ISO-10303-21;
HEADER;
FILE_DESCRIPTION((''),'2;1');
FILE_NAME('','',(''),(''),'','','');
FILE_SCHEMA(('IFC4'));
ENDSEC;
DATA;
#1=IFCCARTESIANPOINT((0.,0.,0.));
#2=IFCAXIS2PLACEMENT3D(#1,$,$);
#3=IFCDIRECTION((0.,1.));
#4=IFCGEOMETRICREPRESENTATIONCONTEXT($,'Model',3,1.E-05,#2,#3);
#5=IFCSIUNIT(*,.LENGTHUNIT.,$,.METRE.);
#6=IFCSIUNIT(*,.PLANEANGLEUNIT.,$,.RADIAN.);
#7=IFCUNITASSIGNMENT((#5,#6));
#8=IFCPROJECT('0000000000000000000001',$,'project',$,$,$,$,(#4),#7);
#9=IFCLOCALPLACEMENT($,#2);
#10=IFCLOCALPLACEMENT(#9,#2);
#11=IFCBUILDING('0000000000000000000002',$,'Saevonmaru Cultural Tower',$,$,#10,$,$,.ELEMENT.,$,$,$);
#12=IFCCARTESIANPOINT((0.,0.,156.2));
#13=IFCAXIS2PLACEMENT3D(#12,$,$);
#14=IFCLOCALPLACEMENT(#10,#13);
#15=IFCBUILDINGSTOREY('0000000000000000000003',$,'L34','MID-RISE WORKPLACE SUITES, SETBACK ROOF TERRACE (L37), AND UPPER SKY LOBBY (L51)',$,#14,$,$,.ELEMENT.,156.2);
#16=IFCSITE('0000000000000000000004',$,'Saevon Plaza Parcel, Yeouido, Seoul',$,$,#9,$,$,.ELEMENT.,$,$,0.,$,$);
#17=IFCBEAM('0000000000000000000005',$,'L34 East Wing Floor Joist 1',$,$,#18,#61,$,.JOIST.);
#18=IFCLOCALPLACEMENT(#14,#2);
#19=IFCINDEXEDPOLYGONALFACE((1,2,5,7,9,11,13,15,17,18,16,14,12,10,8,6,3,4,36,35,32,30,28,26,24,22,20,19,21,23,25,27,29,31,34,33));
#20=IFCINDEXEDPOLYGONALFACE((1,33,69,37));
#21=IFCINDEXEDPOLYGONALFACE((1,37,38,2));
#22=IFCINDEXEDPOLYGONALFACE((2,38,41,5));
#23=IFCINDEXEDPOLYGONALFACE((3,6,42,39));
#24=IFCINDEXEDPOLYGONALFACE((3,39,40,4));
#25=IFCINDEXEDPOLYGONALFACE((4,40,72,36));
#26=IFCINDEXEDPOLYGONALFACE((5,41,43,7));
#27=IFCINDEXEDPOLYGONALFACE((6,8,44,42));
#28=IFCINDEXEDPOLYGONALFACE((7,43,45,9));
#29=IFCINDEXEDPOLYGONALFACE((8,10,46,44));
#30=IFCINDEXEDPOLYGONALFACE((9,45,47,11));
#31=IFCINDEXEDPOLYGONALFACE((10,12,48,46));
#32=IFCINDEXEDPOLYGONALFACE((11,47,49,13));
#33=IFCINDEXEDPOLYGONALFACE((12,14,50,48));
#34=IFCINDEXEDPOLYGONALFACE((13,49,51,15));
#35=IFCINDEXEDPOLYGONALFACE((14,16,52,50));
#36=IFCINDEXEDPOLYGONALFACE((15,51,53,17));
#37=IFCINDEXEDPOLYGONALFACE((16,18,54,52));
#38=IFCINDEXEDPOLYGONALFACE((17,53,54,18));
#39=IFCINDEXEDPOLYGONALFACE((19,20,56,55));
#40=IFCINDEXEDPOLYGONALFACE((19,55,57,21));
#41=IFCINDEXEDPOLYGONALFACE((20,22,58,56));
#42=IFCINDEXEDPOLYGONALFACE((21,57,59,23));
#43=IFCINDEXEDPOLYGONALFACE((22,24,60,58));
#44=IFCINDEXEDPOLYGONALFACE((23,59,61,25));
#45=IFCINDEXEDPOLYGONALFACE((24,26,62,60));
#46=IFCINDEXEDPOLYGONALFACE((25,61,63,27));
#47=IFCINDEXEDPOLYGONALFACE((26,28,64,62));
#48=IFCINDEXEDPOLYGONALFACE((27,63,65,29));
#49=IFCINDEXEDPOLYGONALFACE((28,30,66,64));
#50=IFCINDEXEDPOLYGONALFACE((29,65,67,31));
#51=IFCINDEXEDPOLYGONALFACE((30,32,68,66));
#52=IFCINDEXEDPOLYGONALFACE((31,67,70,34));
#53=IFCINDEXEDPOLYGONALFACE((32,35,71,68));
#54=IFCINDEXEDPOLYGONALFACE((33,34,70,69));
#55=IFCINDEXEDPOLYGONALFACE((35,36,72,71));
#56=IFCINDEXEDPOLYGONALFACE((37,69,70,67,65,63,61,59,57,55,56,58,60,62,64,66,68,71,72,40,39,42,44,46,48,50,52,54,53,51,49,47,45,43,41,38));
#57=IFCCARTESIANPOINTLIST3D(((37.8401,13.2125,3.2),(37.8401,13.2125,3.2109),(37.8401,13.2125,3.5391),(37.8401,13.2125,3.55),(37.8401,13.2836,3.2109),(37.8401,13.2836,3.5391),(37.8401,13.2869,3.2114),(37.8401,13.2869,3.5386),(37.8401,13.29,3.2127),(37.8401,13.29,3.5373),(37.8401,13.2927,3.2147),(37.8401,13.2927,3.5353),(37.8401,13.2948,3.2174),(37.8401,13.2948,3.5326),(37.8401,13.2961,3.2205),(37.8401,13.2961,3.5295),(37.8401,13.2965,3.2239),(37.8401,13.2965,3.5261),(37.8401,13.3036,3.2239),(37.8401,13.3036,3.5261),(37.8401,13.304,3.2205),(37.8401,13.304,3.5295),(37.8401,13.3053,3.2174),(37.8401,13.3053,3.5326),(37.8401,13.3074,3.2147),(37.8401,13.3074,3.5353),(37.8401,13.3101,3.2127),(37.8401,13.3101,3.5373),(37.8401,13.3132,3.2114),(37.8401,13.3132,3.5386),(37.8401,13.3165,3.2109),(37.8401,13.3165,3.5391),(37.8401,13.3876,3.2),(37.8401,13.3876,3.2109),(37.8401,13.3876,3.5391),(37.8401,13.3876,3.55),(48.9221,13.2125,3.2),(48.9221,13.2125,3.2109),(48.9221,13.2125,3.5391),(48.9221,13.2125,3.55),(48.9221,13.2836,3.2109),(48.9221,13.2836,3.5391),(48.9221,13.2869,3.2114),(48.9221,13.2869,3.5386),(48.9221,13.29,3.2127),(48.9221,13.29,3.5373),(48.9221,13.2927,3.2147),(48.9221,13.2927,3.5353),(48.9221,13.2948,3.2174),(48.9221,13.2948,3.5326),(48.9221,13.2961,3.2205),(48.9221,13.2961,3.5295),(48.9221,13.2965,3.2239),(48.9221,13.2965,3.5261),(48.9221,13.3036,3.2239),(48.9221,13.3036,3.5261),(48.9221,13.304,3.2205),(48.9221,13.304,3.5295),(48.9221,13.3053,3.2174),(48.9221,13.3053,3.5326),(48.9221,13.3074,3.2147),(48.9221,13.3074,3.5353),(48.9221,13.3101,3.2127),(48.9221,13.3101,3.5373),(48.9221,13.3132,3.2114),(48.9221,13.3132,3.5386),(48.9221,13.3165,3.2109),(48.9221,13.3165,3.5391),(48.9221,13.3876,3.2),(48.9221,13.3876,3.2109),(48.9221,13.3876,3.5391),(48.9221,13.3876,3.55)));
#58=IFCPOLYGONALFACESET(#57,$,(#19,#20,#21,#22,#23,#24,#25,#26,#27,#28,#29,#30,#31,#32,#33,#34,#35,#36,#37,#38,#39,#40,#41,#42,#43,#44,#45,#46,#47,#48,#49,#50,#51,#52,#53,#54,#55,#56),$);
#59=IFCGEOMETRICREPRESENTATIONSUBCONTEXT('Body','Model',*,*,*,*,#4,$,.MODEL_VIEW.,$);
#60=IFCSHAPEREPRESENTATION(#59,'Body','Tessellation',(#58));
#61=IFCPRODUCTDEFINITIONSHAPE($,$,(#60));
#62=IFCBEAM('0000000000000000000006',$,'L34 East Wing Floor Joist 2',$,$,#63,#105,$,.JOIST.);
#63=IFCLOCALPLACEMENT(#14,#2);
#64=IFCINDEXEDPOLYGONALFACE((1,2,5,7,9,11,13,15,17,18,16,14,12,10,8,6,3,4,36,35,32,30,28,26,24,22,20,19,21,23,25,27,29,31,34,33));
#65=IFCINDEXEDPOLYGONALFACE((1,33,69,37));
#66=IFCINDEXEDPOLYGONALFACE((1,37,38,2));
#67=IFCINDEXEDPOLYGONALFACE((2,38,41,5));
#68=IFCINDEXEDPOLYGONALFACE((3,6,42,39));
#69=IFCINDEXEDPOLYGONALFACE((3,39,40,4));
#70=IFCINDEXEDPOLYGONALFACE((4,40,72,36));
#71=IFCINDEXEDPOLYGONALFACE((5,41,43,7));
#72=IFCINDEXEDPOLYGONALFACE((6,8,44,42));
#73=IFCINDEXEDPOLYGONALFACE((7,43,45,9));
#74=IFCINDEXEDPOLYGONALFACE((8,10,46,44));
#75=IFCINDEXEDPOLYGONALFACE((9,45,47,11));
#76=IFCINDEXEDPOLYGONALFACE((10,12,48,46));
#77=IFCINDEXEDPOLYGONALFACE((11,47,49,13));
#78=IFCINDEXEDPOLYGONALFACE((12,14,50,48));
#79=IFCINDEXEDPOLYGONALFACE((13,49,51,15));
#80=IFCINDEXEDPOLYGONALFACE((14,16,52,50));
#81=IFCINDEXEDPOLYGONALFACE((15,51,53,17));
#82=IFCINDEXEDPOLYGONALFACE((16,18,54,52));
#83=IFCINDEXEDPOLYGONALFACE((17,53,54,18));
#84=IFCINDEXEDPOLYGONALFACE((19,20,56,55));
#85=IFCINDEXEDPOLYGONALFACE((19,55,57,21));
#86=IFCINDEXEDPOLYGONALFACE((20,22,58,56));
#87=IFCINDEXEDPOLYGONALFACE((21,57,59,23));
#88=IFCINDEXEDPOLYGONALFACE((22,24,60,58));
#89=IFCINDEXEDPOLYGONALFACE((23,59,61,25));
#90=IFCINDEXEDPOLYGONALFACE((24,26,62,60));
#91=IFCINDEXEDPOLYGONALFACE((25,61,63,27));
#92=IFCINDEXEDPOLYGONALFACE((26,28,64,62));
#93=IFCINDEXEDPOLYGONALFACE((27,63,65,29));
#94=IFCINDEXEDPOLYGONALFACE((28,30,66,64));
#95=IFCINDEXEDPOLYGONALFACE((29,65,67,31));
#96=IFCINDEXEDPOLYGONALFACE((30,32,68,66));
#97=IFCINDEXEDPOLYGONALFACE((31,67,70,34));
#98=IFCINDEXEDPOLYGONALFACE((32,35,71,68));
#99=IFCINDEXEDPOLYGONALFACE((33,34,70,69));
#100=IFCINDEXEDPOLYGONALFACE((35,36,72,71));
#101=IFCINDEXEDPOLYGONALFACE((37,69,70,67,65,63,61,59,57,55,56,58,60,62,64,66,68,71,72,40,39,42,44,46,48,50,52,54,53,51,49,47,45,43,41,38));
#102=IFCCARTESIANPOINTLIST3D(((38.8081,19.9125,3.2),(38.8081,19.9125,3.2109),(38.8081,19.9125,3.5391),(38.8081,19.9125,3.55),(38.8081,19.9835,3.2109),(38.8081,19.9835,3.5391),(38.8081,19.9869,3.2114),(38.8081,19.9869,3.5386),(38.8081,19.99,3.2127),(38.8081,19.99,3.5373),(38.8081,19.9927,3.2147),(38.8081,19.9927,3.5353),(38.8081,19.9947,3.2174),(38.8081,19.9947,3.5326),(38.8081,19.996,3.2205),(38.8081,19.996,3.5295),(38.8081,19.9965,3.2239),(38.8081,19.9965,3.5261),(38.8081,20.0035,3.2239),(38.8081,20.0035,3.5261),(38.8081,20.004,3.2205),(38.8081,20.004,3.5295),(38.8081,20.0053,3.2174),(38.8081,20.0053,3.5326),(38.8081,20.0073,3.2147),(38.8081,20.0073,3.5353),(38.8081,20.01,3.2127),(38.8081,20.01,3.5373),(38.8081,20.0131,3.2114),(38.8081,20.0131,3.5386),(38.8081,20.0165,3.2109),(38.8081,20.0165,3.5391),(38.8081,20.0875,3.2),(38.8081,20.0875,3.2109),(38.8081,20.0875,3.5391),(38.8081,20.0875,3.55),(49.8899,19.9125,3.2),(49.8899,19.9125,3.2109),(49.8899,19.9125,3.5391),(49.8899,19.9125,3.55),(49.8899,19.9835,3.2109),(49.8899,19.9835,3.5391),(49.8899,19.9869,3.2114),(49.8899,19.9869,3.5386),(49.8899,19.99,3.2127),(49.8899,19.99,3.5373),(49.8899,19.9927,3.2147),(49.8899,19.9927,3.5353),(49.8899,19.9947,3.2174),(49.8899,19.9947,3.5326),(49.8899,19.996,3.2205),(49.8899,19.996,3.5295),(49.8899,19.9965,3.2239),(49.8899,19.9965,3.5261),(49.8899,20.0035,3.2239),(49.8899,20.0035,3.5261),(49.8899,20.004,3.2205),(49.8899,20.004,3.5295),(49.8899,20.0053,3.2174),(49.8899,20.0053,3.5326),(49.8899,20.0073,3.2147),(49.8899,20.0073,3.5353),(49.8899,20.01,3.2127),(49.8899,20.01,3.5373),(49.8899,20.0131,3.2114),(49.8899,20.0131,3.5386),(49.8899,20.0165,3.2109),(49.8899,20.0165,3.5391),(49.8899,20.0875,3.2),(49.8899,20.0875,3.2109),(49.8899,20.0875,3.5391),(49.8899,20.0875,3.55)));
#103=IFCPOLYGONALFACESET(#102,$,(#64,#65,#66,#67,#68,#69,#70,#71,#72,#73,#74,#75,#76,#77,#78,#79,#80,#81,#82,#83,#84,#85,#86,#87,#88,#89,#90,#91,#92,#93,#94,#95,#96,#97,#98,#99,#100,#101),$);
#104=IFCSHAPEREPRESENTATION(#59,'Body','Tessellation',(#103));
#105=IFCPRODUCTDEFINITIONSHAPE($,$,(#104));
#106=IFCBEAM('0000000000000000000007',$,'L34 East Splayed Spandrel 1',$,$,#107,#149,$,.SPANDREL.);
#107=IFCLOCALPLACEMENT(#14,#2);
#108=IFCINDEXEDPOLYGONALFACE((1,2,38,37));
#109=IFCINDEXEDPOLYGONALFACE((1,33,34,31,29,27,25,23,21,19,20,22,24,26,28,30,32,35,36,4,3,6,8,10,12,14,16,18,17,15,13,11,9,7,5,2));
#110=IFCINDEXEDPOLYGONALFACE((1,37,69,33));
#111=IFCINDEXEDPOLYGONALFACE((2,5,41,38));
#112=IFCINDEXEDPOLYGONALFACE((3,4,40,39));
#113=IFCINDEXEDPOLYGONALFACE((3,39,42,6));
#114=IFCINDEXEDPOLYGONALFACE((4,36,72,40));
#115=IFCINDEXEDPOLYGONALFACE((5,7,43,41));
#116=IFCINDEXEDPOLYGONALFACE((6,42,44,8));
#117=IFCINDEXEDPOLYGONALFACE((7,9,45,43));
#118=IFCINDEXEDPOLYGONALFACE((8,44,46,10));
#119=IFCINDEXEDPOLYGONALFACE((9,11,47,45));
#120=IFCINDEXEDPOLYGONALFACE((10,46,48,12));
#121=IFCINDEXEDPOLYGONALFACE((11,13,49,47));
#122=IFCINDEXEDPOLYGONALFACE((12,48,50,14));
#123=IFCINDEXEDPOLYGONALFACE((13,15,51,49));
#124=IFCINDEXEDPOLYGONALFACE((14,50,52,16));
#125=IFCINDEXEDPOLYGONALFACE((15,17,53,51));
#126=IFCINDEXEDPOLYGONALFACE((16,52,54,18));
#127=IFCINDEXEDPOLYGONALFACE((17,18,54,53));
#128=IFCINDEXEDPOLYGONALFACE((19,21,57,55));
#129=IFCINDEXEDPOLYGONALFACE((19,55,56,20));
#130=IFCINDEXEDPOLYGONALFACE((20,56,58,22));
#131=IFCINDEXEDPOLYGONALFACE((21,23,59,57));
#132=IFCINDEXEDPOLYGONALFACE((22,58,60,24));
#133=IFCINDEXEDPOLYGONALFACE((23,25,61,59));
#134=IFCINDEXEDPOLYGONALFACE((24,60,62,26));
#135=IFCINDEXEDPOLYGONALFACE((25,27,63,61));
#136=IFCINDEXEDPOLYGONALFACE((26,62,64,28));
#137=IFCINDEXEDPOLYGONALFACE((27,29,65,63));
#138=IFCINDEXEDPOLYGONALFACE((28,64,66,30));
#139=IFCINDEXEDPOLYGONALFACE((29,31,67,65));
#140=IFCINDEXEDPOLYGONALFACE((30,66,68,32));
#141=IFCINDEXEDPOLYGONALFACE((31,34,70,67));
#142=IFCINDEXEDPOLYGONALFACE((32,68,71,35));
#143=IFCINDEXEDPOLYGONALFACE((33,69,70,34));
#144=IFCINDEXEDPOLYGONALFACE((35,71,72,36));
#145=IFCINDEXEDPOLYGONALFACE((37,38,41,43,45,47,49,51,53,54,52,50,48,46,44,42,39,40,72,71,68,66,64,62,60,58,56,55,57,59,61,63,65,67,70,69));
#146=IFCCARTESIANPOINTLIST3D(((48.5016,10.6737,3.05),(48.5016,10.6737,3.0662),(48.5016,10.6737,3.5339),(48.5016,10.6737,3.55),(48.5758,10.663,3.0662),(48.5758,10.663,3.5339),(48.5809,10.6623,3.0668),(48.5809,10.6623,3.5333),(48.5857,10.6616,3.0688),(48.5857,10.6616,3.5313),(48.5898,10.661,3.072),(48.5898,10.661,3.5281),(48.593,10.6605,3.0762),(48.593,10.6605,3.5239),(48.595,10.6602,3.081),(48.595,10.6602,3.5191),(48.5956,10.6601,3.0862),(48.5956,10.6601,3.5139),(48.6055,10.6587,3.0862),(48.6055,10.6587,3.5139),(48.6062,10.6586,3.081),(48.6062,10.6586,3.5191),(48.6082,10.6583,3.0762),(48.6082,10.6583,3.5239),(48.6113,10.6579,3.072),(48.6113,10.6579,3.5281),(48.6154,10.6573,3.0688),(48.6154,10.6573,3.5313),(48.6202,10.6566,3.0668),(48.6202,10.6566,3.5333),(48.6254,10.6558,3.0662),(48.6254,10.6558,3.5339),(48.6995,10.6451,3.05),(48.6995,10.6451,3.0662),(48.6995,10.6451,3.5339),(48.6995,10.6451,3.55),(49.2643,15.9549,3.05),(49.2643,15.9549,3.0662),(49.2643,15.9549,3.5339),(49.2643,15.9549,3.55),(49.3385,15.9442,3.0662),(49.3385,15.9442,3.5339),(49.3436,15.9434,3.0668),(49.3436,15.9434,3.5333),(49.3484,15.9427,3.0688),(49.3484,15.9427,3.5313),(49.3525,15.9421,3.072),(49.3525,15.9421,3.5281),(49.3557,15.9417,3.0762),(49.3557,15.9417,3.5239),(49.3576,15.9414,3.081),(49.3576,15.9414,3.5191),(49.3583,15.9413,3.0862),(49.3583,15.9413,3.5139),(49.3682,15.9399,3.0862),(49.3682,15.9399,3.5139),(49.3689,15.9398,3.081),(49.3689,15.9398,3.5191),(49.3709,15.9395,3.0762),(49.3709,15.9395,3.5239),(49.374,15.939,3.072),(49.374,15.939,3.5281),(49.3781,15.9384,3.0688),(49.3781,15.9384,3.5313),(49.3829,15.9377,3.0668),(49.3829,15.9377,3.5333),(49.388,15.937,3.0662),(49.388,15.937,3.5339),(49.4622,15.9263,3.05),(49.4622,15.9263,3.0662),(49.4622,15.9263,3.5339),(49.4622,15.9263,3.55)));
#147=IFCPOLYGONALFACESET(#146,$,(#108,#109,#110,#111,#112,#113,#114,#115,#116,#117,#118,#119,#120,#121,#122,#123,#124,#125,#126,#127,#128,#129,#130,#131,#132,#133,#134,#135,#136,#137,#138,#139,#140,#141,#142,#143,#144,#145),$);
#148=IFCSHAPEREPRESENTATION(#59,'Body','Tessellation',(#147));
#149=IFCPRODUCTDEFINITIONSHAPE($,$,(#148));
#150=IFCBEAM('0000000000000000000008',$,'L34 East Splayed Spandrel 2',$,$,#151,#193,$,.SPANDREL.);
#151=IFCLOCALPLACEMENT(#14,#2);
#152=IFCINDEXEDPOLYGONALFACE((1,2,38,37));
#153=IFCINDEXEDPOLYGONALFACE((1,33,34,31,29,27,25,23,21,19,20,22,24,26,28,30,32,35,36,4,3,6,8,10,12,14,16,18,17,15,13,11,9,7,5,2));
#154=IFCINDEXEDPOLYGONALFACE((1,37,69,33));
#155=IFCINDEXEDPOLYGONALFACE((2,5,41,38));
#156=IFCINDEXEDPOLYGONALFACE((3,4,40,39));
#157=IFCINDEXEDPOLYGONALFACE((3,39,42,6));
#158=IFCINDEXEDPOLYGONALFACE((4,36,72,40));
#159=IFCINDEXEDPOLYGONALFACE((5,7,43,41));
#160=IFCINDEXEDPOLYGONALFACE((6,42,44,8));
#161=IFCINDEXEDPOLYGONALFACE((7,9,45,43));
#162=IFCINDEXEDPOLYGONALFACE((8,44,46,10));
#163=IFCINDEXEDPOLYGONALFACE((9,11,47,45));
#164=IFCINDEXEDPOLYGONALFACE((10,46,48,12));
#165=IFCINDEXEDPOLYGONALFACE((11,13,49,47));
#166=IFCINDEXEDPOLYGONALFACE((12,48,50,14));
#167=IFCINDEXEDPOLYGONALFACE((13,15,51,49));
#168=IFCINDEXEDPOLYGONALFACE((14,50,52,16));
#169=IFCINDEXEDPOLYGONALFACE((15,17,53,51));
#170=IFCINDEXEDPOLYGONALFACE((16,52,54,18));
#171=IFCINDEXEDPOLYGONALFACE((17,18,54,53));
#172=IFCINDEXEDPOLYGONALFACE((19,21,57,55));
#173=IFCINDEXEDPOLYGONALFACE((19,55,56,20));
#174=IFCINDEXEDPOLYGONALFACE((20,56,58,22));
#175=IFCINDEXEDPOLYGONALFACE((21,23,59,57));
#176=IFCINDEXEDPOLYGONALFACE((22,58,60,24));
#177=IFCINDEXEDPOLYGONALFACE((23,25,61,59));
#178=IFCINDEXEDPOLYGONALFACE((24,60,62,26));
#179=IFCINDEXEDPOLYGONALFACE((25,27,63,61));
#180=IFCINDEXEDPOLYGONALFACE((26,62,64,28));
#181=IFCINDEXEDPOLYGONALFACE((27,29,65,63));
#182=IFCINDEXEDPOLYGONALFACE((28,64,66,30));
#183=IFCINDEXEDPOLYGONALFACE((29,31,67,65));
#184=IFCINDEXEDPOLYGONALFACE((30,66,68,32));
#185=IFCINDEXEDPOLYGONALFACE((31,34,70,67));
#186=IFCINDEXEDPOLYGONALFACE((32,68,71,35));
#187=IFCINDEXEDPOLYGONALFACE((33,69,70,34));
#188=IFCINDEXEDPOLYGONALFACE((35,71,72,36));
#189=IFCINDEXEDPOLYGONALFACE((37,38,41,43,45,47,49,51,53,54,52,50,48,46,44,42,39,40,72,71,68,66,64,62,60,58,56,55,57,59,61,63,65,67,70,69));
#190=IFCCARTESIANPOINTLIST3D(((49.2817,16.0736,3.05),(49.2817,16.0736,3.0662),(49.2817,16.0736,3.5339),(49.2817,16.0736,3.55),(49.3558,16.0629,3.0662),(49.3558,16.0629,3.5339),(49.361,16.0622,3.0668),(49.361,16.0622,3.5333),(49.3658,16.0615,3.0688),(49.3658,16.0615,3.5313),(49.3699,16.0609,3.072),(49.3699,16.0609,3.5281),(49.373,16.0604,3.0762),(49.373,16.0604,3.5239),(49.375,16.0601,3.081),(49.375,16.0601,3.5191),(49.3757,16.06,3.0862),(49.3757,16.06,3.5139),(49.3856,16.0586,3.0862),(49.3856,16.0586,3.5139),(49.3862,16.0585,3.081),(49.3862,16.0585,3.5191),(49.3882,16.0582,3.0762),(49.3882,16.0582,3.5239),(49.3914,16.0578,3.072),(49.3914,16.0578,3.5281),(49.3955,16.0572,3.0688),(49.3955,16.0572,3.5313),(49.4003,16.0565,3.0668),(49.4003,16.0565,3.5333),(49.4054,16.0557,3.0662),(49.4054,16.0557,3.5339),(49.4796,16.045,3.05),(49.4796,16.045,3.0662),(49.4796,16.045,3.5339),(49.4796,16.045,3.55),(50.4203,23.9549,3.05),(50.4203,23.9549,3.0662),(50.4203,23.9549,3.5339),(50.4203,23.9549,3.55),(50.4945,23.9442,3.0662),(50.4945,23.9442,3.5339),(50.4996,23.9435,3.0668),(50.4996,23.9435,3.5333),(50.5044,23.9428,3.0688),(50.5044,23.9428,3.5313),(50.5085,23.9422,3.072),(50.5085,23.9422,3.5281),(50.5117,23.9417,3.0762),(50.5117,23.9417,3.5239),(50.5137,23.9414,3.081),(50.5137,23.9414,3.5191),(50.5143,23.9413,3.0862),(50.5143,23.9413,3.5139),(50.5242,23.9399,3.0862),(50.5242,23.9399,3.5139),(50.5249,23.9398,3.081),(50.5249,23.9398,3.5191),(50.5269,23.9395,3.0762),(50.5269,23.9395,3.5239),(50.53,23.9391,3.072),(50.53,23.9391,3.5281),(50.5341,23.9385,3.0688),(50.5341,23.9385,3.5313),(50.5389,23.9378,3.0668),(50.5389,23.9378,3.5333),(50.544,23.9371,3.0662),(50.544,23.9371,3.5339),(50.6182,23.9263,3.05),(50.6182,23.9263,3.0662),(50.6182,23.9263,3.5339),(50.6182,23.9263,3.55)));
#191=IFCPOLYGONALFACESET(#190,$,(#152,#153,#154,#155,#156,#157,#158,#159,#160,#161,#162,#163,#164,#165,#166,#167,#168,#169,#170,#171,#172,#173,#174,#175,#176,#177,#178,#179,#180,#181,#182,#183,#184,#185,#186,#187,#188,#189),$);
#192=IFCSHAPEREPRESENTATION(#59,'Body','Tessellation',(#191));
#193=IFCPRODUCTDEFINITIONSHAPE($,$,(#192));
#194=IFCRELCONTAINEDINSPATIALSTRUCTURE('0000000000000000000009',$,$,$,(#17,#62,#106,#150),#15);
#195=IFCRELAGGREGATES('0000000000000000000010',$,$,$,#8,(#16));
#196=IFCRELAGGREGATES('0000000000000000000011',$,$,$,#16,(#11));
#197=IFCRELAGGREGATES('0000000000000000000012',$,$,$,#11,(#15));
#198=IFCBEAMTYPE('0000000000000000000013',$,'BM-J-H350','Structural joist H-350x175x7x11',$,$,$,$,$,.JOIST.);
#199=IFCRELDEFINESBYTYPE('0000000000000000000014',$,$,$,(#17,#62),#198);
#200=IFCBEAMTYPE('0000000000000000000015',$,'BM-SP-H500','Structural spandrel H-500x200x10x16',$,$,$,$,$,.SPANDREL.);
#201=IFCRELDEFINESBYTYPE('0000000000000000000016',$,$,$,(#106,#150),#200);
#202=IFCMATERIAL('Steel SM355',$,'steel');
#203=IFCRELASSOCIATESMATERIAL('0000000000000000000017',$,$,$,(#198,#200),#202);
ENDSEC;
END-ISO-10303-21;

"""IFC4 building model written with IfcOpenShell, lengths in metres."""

from ifc_helpers import new_model, si_unit, direction, frame, origin, origin_2d, place, context, subcontext, project, spatial, i_section, extrude, material, material_profile, profile_set, type_object, element, save


model = new_model("IFC4")

# Units and contexts
model_context = context("Model", 3, precision=1e-05, world=origin(), true_north=direction((0.0, 1.0)))
body_context = subcontext(model_context, "Body", "Model", "MODEL_VIEW")
ifc_project = project(units=[si_unit("LENGTHUNIT", "METRE"), si_unit("PLANEANGLEUNIT", "RADIAN")], contexts=[model_context])

# Site, building, storey
site_placement = place(None, origin())
site = spatial("IfcSite", under=ifc_project, at=site_placement, Name="Saevon Plaza Parcel, Yeouido, Seoul", CompositionType="ELEMENT", RefElevation=0.0)
building_placement = place(site_placement, origin())
building = spatial("IfcBuilding", under=site, at=building_placement, Name="Saevonmaru Cultural Tower", CompositionType="ELEMENT")
storey_placement = place(building_placement, frame((0.0, 0.0, 156.2)))
storey = spatial("IfcBuildingStorey", under=building, at=storey_placement, Name="L34", Description="MID-RISE WORKPLACE SUITES, SETBACK ROOF TERRACE (L37), AND UPPER SKY LOBBY (L51)", CompositionType="ELEMENT", Elevation=156.2)

# Shared definitions
ifc_material_1 = material(Name="Steel SM355", Category="steel")

# Beams
ifc_material_profile_1 = material_profile(ifc_material_1, i_section(OverallWidth=0.175, OverallDepth=0.3501, WebThickness=0.0071, FlangeThickness=0.011, FilletRadius=0.0129, at=origin_2d()), Name="H-350x175x7x11")
ifc_profile_set_1 = profile_set([ifc_material_profile_1], Name="Steel SM355")
beam_type_1 = type_object("IfcBeamType", Name="BM-J-H350", Description="Structural joist H-350x175x7x11", PredefinedType="JOIST", material=ifc_profile_set_1)
beam_1_placement = place(storey_placement, frame((37.8401, 13.3, 3.375), z_axis=(1.0, 0.0, 0.0), x_axis=(0.0, 1.0, 0.0)))
element("IfcBeam", 1, at=beam_1_placement, inside=storey, type_object=beam_type_1, Name="L34 East Wing Floor Joist 1", PredefinedType="JOIST", context=body_context, shape_type="SweptSolid", body=[
    extrude(i_section(OverallWidth=0.175, OverallDepth=0.3501, WebThickness=0.0071, FlangeThickness=0.011, FilletRadius=0.0129, at=origin_2d()), origin(), (0.0, 0.0, 1.0), 11.082),
])
beam_2_placement = place(storey_placement, frame((38.8081, 20.0, 3.375), z_axis=(1.0, 0.0, 0.0), x_axis=(0.0, 1.0, 0.0)))
element("IfcBeam", 2, at=beam_2_placement, inside=storey, type_object=beam_type_1, Name="L34 East Wing Floor Joist 2", PredefinedType="JOIST", context=body_context, shape_type="SweptSolid", body=[
    extrude(i_section(OverallWidth=0.175, OverallDepth=0.3501, WebThickness=0.0071, FlangeThickness=0.011, FilletRadius=0.0129, at=origin_2d()), origin(), (0.0, 0.0, 1.0), 11.0818),
])
ifc_material_profile_2 = material_profile(ifc_material_1, i_section(OverallWidth=0.2, OverallDepth=0.5, WebThickness=0.01, FlangeThickness=0.0161, FilletRadius=0.02, at=origin_2d()), Name="H-500x200x10x16")
ifc_profile_set_2 = profile_set([ifc_material_profile_2], Name="Steel SM355")
beam_type_2 = type_object("IfcBeamType", Name="BM-SP-H500", Description="Structural spandrel H-500x200x10x16", PredefinedType="SPANDREL", material=ifc_profile_set_2)
beam_3_placement = place(storey_placement, frame((48.6006, 10.6594, 3.3), z_axis=(0.142933, 0.989732, 0.0), x_axis=(-0.989732, 0.142933, 0.0)))
element("IfcBeam", 3, at=beam_3_placement, inside=storey, type_object=beam_type_2, Name="L34 East Splayed Spandrel 1", PredefinedType="SPANDREL", context=body_context, shape_type="SweptSolid", body=[
    extrude(i_section(OverallWidth=0.2, OverallDepth=0.5, WebThickness=0.01, FlangeThickness=0.0161, FilletRadius=0.02, at=origin_2d()), origin(), (0.0, 0.0, 1.0), 5.3359),
])
beam_4_placement = place(storey_placement, frame((49.3806, 16.0593, 3.3), z_axis=(0.142992, 0.989724, 0.0), x_axis=(-0.989724, 0.142992, 0.0)))
element("IfcBeam", 4, at=beam_4_placement, inside=storey, type_object=beam_type_2, Name="L34 East Splayed Spandrel 2", PredefinedType="SPANDREL", context=body_context, shape_type="SweptSolid", body=[
    extrude(i_section(OverallWidth=0.2, OverallDepth=0.5, WebThickness=0.01, FlangeThickness=0.0161, FilletRadius=0.02, at=origin_2d()), origin(), (0.0, 0.0, 1.0), 7.9631),
])

save(model, "model.ifc")
